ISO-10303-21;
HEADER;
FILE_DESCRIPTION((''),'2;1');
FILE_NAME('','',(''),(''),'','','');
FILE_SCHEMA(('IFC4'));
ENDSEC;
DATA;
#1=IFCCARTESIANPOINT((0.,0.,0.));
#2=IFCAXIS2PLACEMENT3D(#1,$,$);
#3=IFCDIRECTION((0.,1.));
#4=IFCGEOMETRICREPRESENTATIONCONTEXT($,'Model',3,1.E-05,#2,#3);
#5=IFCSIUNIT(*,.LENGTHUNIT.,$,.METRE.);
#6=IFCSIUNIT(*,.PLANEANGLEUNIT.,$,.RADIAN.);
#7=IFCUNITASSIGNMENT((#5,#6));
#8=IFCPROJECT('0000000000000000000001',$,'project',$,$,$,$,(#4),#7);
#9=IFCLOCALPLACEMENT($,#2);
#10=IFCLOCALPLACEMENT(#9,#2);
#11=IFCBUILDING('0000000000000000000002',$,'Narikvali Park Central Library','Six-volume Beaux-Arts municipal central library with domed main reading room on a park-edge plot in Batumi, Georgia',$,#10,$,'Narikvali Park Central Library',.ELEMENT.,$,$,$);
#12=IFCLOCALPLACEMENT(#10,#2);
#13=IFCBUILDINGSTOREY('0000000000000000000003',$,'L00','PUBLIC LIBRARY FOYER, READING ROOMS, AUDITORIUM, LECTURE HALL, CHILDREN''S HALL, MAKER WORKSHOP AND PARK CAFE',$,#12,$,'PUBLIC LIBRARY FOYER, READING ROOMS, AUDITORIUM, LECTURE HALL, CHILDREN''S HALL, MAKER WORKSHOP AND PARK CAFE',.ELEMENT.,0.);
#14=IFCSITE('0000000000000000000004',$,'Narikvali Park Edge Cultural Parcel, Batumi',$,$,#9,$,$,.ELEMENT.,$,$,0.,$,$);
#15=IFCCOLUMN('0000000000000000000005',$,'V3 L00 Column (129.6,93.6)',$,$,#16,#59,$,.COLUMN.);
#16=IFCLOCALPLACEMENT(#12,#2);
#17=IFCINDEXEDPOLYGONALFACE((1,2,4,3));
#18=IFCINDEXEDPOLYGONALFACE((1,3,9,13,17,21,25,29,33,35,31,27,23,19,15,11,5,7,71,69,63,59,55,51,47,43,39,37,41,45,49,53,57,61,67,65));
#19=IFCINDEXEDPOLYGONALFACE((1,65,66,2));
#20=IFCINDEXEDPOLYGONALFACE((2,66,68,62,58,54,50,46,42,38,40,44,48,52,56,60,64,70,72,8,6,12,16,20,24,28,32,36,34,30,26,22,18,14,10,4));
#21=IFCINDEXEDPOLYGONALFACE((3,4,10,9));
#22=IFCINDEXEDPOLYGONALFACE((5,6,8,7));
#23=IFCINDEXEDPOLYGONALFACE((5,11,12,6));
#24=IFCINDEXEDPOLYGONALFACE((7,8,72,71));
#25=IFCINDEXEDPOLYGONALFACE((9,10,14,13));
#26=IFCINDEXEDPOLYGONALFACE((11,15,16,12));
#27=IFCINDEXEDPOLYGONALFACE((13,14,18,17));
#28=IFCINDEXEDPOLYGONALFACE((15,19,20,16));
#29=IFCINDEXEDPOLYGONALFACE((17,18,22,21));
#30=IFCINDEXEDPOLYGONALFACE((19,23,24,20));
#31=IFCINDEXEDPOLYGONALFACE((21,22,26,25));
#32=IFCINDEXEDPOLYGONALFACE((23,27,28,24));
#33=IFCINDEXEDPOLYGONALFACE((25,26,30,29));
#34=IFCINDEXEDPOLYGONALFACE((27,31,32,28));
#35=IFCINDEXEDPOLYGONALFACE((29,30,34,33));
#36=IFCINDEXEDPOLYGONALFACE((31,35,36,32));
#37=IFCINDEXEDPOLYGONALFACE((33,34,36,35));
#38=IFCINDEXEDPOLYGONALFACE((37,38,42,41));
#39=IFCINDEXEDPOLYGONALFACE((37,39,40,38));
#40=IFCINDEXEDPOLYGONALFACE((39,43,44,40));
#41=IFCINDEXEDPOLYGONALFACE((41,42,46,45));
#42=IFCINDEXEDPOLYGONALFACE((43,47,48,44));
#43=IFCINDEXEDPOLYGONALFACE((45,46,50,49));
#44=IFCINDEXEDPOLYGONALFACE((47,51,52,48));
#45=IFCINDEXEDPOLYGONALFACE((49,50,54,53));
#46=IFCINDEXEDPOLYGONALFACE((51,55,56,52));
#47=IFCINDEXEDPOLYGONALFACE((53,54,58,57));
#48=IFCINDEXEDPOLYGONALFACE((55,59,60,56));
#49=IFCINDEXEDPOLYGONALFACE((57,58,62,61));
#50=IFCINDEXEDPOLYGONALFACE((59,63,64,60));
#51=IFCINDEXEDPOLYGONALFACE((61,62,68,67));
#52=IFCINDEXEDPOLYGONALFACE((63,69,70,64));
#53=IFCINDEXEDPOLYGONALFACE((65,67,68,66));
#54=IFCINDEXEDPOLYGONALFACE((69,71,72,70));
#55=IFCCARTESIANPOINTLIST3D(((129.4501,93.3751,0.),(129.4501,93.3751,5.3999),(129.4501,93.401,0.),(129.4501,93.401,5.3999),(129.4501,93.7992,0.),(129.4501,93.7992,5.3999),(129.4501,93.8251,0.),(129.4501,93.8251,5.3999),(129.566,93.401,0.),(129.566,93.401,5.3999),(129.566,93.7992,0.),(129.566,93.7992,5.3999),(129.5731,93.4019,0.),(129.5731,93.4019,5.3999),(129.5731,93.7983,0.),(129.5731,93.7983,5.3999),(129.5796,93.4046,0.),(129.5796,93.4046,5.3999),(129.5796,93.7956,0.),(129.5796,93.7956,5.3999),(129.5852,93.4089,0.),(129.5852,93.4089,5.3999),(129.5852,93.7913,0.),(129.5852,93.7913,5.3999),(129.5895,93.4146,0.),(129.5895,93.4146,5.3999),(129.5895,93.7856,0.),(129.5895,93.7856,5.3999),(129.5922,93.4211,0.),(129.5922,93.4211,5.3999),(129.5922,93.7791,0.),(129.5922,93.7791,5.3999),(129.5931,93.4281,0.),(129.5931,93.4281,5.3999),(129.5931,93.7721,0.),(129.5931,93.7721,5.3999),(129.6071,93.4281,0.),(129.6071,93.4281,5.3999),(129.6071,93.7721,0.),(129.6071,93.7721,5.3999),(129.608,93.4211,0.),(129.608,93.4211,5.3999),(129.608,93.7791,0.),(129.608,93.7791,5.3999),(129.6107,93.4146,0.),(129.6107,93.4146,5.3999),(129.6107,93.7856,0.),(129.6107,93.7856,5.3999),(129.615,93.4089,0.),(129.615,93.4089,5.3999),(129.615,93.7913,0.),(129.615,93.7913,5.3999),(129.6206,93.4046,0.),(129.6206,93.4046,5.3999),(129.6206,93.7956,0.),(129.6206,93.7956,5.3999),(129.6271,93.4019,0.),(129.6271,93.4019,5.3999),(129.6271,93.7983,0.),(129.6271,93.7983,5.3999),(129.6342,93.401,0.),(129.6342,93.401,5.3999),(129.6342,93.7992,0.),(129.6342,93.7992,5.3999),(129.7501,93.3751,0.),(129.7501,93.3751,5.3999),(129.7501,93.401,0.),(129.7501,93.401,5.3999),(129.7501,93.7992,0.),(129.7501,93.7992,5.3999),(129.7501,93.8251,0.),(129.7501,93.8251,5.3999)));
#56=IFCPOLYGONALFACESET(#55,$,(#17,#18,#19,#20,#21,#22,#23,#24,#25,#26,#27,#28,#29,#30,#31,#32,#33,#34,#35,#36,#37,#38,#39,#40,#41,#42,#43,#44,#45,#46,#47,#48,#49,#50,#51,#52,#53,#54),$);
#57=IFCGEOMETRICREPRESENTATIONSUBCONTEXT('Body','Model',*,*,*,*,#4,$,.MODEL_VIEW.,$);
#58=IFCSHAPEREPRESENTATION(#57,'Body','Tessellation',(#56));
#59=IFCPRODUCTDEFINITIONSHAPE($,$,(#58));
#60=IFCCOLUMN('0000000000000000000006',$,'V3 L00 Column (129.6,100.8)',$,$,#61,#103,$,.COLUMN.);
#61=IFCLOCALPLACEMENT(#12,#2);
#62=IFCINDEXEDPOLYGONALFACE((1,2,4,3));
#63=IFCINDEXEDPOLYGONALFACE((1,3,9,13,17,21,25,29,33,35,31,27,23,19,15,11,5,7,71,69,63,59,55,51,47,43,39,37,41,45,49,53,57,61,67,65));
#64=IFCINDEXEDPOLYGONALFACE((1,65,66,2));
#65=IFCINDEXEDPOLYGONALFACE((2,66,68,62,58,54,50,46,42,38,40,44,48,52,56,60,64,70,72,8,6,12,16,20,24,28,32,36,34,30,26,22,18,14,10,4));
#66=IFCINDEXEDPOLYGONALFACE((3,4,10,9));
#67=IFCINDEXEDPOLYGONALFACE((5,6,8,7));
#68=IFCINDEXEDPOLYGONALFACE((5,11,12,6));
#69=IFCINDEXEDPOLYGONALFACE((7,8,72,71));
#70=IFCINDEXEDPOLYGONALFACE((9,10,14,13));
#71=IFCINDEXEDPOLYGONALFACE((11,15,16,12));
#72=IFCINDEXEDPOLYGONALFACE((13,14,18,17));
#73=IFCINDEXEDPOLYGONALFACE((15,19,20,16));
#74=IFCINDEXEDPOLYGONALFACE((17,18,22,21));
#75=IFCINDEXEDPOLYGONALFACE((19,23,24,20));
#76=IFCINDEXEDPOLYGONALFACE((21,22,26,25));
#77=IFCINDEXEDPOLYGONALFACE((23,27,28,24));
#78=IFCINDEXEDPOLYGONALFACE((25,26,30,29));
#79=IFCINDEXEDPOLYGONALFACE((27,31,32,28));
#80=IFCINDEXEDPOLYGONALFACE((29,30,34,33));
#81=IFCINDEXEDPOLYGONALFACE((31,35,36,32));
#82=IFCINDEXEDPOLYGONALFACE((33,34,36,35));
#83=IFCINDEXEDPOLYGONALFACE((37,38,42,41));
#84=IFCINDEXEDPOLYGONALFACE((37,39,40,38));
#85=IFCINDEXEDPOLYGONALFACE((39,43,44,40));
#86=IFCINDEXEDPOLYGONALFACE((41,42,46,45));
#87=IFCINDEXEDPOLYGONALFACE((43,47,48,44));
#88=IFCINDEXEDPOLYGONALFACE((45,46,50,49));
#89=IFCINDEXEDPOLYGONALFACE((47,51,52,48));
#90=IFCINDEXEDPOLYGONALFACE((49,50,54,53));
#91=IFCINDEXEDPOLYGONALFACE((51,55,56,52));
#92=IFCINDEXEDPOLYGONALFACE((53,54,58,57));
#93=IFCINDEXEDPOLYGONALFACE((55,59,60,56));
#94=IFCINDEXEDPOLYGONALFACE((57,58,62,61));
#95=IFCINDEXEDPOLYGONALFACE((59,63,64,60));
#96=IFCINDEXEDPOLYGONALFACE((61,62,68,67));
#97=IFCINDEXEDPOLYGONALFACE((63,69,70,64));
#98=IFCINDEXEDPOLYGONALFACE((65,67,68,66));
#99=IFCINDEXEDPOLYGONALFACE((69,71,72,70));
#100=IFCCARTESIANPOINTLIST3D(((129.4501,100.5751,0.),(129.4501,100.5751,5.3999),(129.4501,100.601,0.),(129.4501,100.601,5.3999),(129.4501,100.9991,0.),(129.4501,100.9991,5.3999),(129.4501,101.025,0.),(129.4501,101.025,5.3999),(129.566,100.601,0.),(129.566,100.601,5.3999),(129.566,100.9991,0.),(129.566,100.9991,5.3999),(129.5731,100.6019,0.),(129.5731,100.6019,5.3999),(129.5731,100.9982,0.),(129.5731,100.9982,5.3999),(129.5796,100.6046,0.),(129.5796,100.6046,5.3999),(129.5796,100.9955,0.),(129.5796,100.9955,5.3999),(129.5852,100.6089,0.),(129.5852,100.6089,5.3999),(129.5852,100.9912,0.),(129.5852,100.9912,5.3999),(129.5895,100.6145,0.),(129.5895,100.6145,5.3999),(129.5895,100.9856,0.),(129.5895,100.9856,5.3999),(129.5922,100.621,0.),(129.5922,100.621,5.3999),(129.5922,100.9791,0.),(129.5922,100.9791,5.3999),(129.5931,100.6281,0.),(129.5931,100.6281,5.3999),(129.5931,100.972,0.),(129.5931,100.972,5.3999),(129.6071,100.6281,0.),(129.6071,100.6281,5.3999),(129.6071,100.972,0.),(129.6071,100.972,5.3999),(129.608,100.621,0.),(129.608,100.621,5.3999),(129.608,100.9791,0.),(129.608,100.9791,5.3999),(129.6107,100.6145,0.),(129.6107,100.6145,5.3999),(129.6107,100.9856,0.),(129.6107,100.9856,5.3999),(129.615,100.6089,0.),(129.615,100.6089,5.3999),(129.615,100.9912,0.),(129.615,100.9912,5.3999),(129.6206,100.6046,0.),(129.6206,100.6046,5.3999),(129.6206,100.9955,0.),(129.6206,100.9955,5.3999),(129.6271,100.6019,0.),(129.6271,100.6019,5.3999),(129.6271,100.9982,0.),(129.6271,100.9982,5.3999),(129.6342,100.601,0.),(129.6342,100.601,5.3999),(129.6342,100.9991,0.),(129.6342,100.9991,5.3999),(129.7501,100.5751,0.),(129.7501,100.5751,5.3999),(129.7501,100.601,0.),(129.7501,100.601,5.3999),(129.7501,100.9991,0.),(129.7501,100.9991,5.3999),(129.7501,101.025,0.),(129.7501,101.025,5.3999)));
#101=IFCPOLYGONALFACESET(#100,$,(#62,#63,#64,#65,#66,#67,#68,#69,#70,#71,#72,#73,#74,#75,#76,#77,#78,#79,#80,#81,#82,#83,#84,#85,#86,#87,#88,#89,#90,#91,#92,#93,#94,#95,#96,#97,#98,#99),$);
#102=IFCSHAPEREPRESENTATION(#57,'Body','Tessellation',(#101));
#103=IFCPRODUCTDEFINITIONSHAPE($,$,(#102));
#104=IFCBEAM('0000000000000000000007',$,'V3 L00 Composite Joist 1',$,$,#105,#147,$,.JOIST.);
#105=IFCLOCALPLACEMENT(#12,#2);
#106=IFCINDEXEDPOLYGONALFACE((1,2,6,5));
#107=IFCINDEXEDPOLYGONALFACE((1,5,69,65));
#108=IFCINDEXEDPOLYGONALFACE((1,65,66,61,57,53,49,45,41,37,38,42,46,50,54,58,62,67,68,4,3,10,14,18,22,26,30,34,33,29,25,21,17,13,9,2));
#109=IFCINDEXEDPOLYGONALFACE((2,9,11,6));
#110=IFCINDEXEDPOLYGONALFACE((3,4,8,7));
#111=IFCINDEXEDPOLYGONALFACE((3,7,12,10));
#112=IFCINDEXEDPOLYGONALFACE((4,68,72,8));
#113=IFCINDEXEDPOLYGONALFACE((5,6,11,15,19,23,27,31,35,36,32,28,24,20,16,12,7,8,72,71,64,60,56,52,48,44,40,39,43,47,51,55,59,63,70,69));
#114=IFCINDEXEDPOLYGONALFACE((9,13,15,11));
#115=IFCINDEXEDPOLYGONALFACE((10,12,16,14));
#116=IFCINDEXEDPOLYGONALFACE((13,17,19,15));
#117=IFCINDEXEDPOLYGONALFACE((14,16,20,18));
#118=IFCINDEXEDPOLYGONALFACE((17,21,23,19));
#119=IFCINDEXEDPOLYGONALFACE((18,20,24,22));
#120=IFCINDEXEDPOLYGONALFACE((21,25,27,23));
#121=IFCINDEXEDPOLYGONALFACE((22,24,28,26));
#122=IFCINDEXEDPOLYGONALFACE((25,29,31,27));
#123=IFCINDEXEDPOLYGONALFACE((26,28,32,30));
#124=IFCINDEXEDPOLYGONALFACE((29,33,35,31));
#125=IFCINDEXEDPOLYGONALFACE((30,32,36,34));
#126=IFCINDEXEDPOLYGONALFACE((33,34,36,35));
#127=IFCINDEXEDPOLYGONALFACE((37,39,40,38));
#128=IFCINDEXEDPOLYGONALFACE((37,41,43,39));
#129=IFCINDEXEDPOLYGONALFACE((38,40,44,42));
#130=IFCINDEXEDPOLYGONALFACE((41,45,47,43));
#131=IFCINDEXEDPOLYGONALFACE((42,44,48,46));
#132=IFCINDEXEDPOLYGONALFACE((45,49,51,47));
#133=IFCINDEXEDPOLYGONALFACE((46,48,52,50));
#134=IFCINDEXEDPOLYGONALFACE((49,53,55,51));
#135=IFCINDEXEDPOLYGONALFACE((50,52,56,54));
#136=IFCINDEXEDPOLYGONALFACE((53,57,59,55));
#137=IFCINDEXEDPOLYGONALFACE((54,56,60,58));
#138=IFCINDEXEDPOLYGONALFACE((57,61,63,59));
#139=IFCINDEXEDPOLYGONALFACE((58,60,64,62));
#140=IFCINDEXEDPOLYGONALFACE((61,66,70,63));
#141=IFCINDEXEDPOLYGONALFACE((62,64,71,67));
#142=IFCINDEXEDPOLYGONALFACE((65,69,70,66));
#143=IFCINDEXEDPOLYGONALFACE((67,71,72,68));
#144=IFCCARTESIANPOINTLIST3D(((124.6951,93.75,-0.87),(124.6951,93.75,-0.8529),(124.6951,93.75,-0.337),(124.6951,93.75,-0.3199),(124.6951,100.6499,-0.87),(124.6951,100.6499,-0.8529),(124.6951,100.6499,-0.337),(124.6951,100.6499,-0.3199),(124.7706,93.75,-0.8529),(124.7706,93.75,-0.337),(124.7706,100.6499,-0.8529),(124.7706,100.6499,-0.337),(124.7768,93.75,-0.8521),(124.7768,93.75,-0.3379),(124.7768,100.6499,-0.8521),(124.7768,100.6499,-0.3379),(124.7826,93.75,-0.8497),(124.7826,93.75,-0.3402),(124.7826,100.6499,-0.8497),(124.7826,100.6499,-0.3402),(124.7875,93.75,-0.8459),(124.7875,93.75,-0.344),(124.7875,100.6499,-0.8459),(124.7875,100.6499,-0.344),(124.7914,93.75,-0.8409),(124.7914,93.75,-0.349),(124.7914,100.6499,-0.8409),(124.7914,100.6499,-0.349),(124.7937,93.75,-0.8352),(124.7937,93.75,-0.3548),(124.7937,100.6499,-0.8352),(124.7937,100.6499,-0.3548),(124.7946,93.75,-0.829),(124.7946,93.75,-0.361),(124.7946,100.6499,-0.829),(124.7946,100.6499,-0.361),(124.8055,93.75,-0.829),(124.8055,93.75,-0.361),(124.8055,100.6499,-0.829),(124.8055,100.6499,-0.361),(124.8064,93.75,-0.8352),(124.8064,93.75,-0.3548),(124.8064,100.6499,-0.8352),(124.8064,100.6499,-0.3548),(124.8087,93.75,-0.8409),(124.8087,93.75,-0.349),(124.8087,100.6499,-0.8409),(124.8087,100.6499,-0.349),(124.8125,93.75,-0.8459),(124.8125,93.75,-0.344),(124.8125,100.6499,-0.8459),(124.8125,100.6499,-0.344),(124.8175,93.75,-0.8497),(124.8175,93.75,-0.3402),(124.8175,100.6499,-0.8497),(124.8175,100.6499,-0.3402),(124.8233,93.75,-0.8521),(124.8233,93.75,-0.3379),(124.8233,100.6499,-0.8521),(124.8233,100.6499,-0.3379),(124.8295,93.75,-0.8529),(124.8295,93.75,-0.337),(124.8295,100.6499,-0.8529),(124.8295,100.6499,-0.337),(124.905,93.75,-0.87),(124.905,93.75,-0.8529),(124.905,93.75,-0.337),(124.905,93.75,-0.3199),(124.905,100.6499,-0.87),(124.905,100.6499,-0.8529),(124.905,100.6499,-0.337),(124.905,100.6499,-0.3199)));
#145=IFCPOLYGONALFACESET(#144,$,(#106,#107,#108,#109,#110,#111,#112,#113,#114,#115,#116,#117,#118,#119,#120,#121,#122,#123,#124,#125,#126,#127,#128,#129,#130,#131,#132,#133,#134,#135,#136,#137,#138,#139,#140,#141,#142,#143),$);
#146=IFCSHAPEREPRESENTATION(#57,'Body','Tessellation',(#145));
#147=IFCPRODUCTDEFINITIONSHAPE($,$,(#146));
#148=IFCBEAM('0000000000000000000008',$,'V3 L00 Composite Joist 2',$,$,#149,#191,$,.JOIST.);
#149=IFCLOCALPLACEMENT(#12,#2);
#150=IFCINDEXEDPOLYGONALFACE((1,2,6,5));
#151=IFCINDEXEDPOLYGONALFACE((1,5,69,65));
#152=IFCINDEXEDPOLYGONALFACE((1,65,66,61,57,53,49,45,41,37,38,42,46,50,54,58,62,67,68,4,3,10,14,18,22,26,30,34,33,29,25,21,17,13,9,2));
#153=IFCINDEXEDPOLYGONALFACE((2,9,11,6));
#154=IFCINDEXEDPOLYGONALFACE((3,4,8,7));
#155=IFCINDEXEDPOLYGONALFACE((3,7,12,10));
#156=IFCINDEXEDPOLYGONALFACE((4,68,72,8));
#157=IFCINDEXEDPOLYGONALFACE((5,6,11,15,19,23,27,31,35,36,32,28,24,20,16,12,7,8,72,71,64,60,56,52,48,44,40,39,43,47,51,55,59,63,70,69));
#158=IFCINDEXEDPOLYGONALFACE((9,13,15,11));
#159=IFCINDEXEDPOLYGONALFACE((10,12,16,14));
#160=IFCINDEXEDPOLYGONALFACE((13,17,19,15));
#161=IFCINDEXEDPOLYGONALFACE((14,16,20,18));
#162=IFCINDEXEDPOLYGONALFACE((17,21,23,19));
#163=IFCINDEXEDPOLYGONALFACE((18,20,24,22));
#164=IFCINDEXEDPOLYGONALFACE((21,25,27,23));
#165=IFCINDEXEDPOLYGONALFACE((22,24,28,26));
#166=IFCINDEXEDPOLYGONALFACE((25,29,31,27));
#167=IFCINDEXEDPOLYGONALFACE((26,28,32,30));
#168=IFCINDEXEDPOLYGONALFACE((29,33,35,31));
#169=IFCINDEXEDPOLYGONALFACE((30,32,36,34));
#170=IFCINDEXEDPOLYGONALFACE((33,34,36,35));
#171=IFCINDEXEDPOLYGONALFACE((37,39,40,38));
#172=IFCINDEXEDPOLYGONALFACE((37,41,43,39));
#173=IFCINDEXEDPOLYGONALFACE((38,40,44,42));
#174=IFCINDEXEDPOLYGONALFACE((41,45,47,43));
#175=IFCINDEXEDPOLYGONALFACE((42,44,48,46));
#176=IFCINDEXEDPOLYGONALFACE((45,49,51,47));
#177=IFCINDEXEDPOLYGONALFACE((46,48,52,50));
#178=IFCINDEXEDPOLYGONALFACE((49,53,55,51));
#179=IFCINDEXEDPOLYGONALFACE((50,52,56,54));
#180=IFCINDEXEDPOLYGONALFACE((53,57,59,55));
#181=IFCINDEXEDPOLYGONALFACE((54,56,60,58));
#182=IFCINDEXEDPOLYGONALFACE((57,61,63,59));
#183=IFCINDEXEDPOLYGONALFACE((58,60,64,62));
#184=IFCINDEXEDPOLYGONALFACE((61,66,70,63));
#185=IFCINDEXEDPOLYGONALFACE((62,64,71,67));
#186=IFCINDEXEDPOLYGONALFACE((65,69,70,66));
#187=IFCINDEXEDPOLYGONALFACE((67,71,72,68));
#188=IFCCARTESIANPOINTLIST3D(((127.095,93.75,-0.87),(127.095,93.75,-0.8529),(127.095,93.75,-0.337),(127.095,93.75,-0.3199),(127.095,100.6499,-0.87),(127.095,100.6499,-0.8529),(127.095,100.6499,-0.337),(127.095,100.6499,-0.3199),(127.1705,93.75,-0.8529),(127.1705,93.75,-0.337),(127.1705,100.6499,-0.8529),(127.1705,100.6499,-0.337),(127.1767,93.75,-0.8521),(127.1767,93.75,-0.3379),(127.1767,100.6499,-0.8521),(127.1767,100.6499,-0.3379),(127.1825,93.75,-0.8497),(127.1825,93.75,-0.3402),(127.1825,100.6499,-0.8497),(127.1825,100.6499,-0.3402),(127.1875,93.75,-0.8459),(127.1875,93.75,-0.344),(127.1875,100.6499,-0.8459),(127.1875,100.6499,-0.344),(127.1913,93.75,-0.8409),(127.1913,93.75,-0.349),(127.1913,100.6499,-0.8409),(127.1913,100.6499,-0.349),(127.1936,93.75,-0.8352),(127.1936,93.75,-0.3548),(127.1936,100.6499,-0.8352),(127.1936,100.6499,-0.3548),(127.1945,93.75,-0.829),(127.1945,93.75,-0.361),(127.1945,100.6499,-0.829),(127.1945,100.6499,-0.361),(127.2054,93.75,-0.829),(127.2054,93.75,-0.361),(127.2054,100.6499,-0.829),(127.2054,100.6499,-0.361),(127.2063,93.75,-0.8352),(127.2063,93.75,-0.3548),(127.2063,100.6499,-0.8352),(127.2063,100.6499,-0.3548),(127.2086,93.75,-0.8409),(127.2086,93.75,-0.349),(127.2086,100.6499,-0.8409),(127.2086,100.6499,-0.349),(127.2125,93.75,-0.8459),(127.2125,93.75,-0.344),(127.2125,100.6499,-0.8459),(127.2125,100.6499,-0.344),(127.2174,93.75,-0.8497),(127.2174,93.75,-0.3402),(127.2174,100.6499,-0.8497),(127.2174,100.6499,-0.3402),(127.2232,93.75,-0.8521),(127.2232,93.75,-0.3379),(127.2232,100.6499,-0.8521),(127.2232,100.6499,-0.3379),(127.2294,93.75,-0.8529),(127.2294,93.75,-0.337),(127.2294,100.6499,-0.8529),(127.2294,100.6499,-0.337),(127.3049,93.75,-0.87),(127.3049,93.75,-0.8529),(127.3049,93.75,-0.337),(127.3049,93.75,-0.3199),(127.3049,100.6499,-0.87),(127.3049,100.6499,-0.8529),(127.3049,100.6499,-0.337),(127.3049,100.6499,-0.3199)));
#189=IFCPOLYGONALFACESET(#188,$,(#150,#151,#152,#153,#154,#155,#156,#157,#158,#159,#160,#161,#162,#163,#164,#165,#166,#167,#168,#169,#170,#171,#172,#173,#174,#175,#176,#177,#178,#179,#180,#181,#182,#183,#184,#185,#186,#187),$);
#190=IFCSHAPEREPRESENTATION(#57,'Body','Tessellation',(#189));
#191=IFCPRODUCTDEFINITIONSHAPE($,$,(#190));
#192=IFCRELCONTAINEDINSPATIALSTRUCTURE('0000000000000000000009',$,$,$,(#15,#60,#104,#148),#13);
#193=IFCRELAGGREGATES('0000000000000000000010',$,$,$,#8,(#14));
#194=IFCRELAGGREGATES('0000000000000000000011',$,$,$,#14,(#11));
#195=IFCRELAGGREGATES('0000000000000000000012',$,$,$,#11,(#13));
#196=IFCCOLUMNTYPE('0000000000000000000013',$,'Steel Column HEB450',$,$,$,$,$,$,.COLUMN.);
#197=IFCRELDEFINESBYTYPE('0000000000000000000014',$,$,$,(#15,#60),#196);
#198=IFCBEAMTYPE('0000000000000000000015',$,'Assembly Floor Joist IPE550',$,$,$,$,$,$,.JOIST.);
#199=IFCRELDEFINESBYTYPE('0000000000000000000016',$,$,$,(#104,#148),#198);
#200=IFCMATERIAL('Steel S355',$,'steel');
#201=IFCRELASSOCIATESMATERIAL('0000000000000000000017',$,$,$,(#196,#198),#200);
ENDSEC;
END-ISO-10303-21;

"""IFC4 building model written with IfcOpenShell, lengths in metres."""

from ifc_helpers import new_model, si_unit, direction, frame, origin, origin_2d, place, context, subcontext, project, spatial, i_section, extrude, material, material_profile, profile_set, type_object, element, save


model = new_model("IFC4")

# Units and contexts
model_context = context("Model", 3, precision=1e-05, world=origin(), true_north=direction((0.0, 1.0)))
body_context = subcontext(model_context, "Body", "Model", "MODEL_VIEW")
ifc_project = project(units=[si_unit("LENGTHUNIT", "METRE"), si_unit("PLANEANGLEUNIT", "RADIAN")], contexts=[model_context])

# Site, building, storey
site_placement = place(None, origin())
site = spatial("IfcSite", under=ifc_project, at=site_placement, Name="Narikvali Park Edge Cultural Parcel, Batumi", CompositionType="ELEMENT", RefElevation=0.0)
building_placement = place(site_placement, origin())
building = spatial("IfcBuilding", under=site, at=building_placement, Name="Narikvali Park Central Library", Description="Six-volume Beaux-Arts municipal central library with domed main reading room on a park-edge plot in Batumi, Georgia", LongName="Narikvali Park Central Library", CompositionType="ELEMENT")
storey_placement = place(building_placement, origin())
storey = spatial("IfcBuildingStorey", under=building, at=storey_placement, Name="L00", Description="PUBLIC LIBRARY FOYER, READING ROOMS, AUDITORIUM, LECTURE HALL, CHILDREN'S HALL, MAKER WORKSHOP AND PARK CAFE", LongName="PUBLIC LIBRARY FOYER, READING ROOMS, AUDITORIUM, LECTURE HALL, CHILDREN'S HALL, MAKER WORKSHOP AND PARK CAFE", CompositionType="ELEMENT", Elevation=0.0)

# Columns
ifc_material_1 = material(Name="Steel S355", Category="steel")
ifc_material_profile_1 = material_profile(ifc_material_1, i_section(OverallWidth=0.3, OverallDepth=0.45, WebThickness=0.0139, FlangeThickness=0.0259, FilletRadius=0.0271, at=origin_2d()), Name="HEB 450")
ifc_profile_set_1 = profile_set([ifc_material_profile_1], Name="Steel S355")
column_type = type_object("IfcColumnType", Name="Steel Column HEB450", PredefinedType="COLUMN", material=ifc_profile_set_1)
for number, where, z_axis, x_axis, name in (
    (1, (129.6001, 93.6001, 0.0), (0.0, 0.0, 1.0), (1.0, 0.0, 0.0), "V3 L00 Column (129.6,93.6)"),
    (2, (129.6001, 100.8, 0.0), (0.0, 0.0, 1.0), (1.0, 0.0, 0.0), "V3 L00 Column (129.6,100.8)"),
):
    element("IfcColumn", number, at=place(storey_placement, frame(where, z_axis=z_axis, x_axis=x_axis)), inside=storey, type_object=column_type, Name=name, PredefinedType="COLUMN", context=body_context, shape_type="SweptSolid", body=[
        extrude(i_section(OverallWidth=0.3, OverallDepth=0.45, WebThickness=0.0139, FlangeThickness=0.0259, FilletRadius=0.0271, at=origin_2d()), origin(), (0.0, 0.0, 1.0), 5.3999),
    ])

# Beams
ifc_material_profile_2 = material_profile(ifc_material_1, i_section(OverallWidth=0.21, OverallDepth=0.55, WebThickness=0.011, FlangeThickness=0.0171, FilletRadius=0.0239, at=origin_2d()), Name="IPE 550")
ifc_profile_set_2 = profile_set([ifc_material_profile_2], Name="Steel S355")
beam_type_1 = type_object("IfcBeamType", Name="Assembly Floor Joist IPE550", PredefinedType="JOIST", material=ifc_profile_set_2)
for number, where, z_axis, x_axis, name in (
    (3, (124.8, 93.75, -0.595), (0.0, 1.0, 0.0), (-1.0, 0.0, 0.0), "V3 L00 Composite Joist 1"),
    (4, (127.2, 93.75, -0.595), (0.0, 1.0, 0.0), (-1.0, 0.0, 0.0), "V3 L00 Composite Joist 2"),
):
    element("IfcBeam", number, at=place(storey_placement, frame(where, z_axis=z_axis, x_axis=x_axis)), inside=storey, type_object=beam_type_1, Name=name, PredefinedType="JOIST", context=body_context, shape_type="SweptSolid", body=[
        extrude(i_section(OverallWidth=0.21, OverallDepth=0.55, WebThickness=0.011, FlangeThickness=0.0171, FilletRadius=0.0239, at=origin_2d()), origin(), (0.0, 0.0, 1.0), 6.8999),
    ])

save(model, "model.ifc")
